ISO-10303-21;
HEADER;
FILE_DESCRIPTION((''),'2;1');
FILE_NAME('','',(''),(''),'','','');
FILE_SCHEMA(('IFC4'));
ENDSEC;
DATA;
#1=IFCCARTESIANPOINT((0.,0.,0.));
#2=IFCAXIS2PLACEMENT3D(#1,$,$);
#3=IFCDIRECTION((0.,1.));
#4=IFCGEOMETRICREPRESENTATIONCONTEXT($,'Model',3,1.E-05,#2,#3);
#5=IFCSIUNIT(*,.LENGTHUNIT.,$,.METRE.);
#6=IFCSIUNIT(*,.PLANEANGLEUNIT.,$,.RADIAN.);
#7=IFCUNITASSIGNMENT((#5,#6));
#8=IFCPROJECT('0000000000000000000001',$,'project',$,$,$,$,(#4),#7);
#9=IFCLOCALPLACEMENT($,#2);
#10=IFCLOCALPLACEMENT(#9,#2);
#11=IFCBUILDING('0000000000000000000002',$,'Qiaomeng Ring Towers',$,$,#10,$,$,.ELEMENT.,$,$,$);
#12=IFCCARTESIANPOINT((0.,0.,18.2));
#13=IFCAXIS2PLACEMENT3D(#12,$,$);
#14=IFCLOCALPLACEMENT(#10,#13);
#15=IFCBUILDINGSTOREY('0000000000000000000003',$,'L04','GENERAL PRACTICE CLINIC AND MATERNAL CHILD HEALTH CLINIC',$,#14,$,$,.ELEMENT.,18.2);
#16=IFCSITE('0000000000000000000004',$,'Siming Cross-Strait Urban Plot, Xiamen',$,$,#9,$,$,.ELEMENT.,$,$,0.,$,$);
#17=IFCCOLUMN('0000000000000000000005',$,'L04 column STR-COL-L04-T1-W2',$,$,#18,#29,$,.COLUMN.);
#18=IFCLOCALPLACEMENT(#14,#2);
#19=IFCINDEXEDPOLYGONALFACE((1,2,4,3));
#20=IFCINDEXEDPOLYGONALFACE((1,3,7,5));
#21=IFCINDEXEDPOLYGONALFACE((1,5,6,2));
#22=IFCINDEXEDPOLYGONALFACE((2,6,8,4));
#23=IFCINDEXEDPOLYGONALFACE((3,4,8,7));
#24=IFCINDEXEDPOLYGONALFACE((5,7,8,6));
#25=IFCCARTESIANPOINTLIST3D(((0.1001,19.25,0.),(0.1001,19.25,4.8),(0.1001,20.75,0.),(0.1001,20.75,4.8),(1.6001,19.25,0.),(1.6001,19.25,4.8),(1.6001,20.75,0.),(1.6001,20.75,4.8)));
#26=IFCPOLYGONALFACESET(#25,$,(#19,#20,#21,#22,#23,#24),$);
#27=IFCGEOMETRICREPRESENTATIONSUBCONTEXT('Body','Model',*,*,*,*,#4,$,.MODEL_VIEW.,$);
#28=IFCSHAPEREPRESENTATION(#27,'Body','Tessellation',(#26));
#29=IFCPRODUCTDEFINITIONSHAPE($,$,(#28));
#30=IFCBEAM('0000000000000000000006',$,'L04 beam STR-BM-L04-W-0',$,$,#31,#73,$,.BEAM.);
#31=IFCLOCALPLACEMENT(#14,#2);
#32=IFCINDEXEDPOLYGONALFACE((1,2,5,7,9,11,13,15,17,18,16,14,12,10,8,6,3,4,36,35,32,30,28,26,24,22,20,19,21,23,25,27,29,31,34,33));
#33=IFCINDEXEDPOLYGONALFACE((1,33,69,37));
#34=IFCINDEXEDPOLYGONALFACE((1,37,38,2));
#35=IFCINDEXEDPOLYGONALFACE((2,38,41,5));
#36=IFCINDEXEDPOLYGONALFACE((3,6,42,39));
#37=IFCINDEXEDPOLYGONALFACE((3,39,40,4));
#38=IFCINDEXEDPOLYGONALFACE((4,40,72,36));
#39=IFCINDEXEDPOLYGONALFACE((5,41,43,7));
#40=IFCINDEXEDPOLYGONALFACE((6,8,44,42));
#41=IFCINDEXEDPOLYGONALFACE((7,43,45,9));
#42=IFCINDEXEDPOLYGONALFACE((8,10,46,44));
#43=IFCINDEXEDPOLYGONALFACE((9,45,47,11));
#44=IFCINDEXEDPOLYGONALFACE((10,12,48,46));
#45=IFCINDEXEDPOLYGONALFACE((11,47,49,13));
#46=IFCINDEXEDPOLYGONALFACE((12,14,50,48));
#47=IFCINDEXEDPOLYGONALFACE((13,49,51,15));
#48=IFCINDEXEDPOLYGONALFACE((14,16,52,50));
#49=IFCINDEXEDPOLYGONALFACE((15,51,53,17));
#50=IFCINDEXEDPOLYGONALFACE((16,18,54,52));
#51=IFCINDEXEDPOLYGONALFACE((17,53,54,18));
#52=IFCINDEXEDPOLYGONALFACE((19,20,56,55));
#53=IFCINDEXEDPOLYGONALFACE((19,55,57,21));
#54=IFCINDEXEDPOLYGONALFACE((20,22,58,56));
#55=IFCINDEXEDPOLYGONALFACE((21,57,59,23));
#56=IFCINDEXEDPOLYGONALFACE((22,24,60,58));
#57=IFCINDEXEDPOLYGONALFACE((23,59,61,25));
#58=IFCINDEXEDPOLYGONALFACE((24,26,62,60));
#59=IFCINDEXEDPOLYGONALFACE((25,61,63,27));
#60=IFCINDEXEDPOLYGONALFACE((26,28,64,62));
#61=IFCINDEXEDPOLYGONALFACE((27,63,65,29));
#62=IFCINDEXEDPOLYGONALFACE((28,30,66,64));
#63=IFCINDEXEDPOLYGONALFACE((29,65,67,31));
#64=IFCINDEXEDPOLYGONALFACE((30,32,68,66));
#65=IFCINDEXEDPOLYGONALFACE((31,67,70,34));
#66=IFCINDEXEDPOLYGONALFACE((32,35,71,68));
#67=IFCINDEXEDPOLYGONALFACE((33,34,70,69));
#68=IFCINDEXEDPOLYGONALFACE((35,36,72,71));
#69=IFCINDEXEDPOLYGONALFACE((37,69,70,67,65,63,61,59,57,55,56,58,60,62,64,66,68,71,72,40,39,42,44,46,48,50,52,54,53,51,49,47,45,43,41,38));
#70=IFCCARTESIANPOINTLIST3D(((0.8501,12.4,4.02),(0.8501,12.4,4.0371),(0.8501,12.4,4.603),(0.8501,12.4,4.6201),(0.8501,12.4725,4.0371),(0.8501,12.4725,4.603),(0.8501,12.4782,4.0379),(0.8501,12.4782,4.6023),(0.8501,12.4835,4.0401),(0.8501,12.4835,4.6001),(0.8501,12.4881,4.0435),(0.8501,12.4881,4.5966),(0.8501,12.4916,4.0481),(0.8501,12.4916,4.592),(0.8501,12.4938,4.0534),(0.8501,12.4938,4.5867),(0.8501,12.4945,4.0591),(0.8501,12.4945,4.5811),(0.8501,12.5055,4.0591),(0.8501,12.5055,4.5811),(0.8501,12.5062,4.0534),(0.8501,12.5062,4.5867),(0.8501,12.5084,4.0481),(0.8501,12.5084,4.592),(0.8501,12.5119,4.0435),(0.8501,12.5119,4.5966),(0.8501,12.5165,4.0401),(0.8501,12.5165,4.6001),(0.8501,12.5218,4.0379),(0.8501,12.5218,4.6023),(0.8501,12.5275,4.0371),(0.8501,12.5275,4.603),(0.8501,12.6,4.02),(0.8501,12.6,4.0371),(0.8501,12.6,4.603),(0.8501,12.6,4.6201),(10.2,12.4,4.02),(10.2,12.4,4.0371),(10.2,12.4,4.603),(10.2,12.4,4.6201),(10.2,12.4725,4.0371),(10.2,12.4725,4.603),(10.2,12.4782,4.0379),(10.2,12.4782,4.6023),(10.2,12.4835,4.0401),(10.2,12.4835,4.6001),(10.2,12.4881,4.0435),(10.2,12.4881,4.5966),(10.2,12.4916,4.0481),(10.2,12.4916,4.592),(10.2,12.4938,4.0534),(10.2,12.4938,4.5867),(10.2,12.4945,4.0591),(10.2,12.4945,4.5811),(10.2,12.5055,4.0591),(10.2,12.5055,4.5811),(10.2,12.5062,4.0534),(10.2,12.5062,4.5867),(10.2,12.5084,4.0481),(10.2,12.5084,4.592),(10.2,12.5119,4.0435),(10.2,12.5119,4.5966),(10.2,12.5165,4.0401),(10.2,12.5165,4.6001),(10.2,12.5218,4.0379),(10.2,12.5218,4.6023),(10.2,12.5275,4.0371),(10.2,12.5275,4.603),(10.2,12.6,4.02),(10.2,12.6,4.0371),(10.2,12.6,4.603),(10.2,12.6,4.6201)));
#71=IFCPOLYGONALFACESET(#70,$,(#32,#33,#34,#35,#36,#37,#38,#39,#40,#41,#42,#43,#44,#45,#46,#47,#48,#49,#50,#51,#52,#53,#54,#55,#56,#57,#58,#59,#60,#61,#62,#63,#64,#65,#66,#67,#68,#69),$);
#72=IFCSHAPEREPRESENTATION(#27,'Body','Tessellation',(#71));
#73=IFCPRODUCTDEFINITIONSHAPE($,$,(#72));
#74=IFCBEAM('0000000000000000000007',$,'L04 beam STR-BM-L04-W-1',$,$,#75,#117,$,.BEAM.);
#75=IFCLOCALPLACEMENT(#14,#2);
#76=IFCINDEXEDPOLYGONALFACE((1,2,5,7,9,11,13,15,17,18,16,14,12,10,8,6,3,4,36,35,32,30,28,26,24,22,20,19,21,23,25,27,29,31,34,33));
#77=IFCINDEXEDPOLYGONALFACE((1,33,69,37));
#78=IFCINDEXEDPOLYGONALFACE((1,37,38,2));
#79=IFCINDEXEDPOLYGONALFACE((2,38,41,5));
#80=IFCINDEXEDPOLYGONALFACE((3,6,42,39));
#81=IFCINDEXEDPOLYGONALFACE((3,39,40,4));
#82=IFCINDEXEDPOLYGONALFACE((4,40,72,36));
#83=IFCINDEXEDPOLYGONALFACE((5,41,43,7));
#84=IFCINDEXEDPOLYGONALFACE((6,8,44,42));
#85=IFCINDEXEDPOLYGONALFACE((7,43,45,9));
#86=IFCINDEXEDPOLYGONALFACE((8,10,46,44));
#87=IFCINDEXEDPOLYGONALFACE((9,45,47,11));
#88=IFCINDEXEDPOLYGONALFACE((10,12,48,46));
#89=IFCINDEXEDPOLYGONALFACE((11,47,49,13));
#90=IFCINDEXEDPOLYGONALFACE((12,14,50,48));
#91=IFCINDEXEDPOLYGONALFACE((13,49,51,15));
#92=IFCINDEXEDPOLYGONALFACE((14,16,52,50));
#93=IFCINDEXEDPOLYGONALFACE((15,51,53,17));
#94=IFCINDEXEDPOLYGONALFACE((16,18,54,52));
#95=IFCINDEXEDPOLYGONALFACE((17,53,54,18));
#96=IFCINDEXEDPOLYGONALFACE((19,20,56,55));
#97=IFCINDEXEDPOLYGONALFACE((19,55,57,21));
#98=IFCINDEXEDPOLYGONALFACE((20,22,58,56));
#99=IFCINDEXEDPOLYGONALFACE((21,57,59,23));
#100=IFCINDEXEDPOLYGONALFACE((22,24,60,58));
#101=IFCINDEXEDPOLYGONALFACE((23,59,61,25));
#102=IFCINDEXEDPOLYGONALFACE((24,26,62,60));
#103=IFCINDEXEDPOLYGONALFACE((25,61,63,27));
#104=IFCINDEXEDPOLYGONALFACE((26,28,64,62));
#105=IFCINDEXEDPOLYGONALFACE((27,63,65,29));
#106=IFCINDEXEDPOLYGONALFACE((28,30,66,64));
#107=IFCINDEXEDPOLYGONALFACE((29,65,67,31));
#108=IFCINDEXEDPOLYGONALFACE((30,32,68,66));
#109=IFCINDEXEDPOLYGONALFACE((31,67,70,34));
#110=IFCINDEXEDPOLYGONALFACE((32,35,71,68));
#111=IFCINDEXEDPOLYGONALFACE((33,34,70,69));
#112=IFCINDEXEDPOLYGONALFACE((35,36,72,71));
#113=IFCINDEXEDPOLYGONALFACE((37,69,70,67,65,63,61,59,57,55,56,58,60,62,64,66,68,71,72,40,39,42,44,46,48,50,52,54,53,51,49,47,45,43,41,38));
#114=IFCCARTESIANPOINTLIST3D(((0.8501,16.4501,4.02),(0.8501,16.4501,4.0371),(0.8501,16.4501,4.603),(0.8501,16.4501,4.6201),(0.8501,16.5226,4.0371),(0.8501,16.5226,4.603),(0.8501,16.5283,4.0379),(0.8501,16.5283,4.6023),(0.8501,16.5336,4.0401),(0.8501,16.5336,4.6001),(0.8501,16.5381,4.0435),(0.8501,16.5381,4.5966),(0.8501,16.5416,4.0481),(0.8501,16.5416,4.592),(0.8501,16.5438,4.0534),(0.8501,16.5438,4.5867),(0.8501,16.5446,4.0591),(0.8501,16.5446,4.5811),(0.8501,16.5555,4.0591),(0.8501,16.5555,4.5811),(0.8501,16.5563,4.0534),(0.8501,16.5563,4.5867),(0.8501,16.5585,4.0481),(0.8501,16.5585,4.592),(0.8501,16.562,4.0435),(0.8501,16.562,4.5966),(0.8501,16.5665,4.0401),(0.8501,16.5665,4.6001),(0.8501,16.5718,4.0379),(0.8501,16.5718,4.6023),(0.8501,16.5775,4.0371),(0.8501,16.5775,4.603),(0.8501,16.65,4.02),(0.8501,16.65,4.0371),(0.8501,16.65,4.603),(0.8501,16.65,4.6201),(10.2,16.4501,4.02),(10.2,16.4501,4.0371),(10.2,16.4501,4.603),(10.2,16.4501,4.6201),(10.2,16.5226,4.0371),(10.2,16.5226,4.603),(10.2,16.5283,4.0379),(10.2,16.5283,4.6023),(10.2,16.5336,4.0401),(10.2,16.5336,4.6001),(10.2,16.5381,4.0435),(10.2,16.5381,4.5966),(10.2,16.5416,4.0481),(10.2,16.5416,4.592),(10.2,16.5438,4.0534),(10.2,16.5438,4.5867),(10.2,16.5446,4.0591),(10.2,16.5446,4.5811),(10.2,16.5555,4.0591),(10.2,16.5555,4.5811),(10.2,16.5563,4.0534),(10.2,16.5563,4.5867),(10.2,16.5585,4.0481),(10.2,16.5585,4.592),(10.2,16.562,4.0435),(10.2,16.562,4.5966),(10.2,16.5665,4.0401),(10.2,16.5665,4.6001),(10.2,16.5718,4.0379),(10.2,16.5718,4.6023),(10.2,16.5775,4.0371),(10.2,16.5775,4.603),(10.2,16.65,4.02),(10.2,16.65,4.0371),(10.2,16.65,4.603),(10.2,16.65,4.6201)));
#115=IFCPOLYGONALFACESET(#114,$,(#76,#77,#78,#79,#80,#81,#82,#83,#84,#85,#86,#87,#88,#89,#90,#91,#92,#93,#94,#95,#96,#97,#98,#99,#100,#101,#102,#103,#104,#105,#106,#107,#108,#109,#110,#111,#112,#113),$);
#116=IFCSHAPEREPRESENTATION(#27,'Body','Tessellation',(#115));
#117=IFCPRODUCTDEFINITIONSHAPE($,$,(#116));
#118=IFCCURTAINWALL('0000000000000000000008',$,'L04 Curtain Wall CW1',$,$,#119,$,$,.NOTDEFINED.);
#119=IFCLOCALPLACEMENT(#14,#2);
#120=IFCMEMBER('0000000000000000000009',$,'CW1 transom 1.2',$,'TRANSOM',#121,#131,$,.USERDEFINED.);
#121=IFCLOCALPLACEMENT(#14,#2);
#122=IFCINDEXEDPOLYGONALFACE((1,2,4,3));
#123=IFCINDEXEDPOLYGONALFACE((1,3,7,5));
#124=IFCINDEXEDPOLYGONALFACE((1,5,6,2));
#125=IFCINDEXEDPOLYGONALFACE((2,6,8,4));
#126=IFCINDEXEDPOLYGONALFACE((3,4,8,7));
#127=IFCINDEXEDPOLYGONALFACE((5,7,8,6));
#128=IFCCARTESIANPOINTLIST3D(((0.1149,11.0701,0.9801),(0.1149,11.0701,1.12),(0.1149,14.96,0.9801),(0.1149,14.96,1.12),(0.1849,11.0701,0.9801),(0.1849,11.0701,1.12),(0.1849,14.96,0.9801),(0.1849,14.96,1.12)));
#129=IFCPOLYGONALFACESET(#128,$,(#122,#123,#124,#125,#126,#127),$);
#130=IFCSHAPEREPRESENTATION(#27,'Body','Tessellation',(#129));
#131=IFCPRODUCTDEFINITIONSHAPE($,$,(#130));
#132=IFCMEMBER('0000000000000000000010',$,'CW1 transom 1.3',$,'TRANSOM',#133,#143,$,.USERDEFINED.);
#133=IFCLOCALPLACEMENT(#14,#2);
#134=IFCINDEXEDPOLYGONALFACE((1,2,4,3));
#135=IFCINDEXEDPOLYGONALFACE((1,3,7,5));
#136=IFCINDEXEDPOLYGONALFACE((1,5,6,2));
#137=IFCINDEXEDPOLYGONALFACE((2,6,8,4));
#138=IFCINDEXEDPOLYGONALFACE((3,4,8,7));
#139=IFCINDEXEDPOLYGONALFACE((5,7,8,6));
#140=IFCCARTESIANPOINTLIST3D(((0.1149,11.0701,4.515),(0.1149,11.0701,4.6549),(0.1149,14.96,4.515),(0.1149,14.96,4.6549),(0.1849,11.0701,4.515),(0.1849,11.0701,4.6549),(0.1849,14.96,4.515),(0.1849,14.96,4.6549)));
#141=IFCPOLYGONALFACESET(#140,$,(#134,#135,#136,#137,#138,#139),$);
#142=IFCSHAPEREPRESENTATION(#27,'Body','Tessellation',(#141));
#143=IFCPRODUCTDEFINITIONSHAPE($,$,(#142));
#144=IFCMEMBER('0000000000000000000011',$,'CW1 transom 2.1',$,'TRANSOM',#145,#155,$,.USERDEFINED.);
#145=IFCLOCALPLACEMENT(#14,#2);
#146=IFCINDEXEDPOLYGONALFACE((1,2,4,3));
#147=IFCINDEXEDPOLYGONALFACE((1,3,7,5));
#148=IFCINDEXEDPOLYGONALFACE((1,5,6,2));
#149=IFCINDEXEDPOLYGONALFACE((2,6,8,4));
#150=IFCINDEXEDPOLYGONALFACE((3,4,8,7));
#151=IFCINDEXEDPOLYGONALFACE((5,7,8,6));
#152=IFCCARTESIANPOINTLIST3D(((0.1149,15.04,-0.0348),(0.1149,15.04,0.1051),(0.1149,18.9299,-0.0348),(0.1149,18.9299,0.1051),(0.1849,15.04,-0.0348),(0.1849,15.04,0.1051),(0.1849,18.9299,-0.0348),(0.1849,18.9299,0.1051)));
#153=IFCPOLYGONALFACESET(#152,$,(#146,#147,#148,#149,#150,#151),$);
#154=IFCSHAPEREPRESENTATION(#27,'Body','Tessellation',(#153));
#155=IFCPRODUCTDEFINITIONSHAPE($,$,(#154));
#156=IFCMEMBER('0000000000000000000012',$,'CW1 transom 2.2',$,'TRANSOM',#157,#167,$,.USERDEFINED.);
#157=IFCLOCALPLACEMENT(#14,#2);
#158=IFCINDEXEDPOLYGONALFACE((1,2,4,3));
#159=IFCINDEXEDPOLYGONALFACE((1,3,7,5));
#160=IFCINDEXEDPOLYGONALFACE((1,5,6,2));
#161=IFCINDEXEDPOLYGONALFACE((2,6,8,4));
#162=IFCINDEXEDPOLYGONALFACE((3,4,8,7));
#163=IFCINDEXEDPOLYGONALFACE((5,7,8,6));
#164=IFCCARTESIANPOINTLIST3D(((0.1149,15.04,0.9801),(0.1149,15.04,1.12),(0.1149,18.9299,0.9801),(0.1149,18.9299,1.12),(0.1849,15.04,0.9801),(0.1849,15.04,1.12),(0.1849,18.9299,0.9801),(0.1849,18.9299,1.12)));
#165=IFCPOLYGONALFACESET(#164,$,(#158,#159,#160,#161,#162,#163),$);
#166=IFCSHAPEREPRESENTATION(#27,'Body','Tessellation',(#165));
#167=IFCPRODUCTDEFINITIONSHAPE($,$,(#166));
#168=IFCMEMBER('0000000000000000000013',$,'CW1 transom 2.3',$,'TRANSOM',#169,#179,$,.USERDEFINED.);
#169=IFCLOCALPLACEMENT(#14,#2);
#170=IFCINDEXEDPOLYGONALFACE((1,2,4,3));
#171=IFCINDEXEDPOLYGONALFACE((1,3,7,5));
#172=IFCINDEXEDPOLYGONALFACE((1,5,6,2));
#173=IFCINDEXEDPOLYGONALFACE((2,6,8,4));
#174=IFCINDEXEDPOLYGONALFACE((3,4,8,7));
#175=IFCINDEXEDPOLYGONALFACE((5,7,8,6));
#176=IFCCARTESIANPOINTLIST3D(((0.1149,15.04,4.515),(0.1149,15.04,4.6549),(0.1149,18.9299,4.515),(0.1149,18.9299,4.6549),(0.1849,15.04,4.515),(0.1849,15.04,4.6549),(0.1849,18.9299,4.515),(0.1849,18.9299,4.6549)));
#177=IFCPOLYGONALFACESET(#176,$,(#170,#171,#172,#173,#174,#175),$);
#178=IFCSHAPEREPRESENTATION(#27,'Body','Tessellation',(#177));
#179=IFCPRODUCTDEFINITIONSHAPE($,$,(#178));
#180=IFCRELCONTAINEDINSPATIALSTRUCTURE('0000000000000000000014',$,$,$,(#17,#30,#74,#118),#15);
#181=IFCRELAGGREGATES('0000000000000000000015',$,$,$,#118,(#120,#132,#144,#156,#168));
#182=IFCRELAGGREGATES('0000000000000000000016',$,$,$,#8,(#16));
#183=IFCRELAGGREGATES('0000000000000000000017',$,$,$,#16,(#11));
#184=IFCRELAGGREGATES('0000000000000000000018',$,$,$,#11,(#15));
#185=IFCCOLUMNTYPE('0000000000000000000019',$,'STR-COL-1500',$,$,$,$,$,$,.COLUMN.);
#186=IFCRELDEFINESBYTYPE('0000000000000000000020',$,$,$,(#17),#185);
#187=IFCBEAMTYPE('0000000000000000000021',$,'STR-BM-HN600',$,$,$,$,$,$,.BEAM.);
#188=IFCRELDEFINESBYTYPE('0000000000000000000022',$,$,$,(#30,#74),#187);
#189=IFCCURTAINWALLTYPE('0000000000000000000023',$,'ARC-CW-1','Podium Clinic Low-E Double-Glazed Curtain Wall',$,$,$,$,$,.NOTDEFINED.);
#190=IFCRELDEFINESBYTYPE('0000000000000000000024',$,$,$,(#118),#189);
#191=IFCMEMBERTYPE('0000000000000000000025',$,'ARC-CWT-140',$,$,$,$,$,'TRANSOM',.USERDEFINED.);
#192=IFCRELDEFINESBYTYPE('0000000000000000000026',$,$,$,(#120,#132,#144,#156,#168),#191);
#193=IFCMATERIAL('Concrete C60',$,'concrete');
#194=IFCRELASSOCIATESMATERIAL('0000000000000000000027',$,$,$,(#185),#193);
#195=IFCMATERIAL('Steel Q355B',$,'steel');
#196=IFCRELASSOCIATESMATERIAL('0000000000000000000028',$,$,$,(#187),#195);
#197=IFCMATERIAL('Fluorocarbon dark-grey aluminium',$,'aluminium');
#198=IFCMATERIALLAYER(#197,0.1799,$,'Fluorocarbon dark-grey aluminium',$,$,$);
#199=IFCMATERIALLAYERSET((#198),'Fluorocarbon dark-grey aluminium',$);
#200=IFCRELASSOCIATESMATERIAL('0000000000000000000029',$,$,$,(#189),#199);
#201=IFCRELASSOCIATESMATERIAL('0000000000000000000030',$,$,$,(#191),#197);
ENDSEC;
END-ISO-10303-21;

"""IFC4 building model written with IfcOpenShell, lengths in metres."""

from ifc_helpers import new_model, si_unit, direction, frame, origin, origin_2d, place, context, subcontext, project, spatial, rectangle, i_section, extrude, source, transform, mapped, material, layer, layer_set, material_profile, profile_set, type_object, element, aggregate, save


model = new_model("IFC4")

# Units and contexts
model_context = context("Model", 3, precision=1e-05, world=origin(), true_north=direction((0.0, 1.0)))
body_context = subcontext(model_context, "Body", "Model", "MODEL_VIEW")
ifc_project = project(units=[si_unit("LENGTHUNIT", "METRE"), si_unit("PLANEANGLEUNIT", "RADIAN")], contexts=[model_context])

# Site, building, storey
site_placement = place(None, origin())
site = spatial("IfcSite", under=ifc_project, at=site_placement, Name="Siming Cross-Strait Urban Plot, Xiamen", CompositionType="ELEMENT", RefElevation=0.0)
building_placement = place(site_placement, origin())
building = spatial("IfcBuilding", under=site, at=building_placement, Name="Qiaomeng Ring Towers", CompositionType="ELEMENT")
storey_placement = place(building_placement, frame((0.0, 0.0, 18.2)))
storey = spatial("IfcBuildingStorey", under=building, at=storey_placement, Name="L04", Description="GENERAL PRACTICE CLINIC AND MATERNAL CHILD HEALTH CLINIC", CompositionType="ELEMENT", Elevation=18.2)

# Column
ifc_material_1 = material(Name="Concrete C60", Category="concrete")
ifc_material_profile_1 = material_profile(ifc_material_1, rectangle(XDim=1.5, YDim=1.5, at=origin_2d()), Name="RC COL 1500x1500")
ifc_profile_set_1 = profile_set([ifc_material_profile_1], Name="Concrete C60")
column_type = type_object("IfcColumnType", Name="STR-COL-1500", PredefinedType="COLUMN", material=ifc_profile_set_1)
shared_shape_1 = source(origin(), body_context, "Body", "SweptSolid", [
    extrude(rectangle(XDim=1.5, YDim=1.5, at=origin_2d()), origin(), (0.0, 0.0, 1.0), 4.8),
])
column_placement = place(storey_placement, frame((0.8501, 20.0, 0.0), z_axis=(0.0, 0.0, 1.0), x_axis=(1.0, 0.0, 0.0)))
element("IfcColumn", 1, at=column_placement, inside=storey, type_object=column_type, Name="L04 column STR-COL-L04-T1-W2", PredefinedType="COLUMN", context=body_context, shape_type="MappedRepresentation", body=[
    mapped(shared_shape_1, transform((0.0, 0.0, 0.0), x_axis=(1.0, 0.0, 0.0), y_axis=(0.0, 1.0, 0.0), z_axis=(0.0, 0.0, 1.0), scale=1.0)),
])

# Beams
ifc_material_2 = material(Name="Steel Q355B", Category="steel")
ifc_material_profile_2 = material_profile(ifc_material_2, i_section(OverallWidth=0.2, OverallDepth=0.6001, WebThickness=0.011, FlangeThickness=0.0171, FilletRadius=0.022, at=origin_2d()), Name="HN 600x200x11x17")
ifc_profile_set_2 = profile_set([ifc_material_profile_2], Name="Steel Q355B")
beam_type = type_object("IfcBeamType", Name="STR-BM-HN600", PredefinedType="BEAM", material=ifc_profile_set_2)
shared_shape_2 = source(origin(), body_context, "Body", "SweptSolid", [
    extrude(i_section(OverallWidth=0.2, OverallDepth=0.6001, WebThickness=0.011, FlangeThickness=0.0171, FilletRadius=0.022, at=origin_2d()), origin(), (0.0, 0.0, 1.0), 9.3499),
])
for number, where, z_axis, x_axis, name in (
    (2, (0.8501, 12.5, 4.3201), (1.0, 0.0, 0.0), (0.0, 1.0, 0.0), "L04 beam STR-BM-L04-W-0"),
    (3, (0.8501, 16.55, 4.3201), (1.0, 0.0, 0.0), (0.0, 1.0, 0.0), "L04 beam STR-BM-L04-W-1"),
):
    element("IfcBeam", number, at=place(storey_placement, frame(where, z_axis=z_axis, x_axis=x_axis)), inside=storey, type_object=beam_type, Name=name, PredefinedType="BEAM", context=body_context, shape_type="MappedRepresentation", body=[
        mapped(shared_shape_2, transform((0.0, 0.0, 0.0), x_axis=(1.0, 0.0, 0.0), y_axis=(0.0, 1.0, 0.0), z_axis=(0.0, 0.0, 1.0), scale=1.0)),
    ])

# Curtain wall, members
ifc_material_3 = material(Name="Fluorocarbon dark-grey aluminium", Category="aluminium")
ifc_layer_1 = layer(ifc_material_3, 0.1799, Name="Fluorocarbon dark-grey aluminium")
ifc_layer_set_1 = layer_set([ifc_layer_1], Name="Fluorocarbon dark-grey aluminium")
curtain_wall_type = type_object("IfcCurtainWallType", Name="ARC-CW-1", Description="Podium Clinic Low-E Double-Glazed Curtain Wall", PredefinedType="NOTDEFINED", material=ifc_layer_set_1)
curtain_wall_1_placement = place(storey_placement, origin())
curtain_wall_1 = element("IfcCurtainWall", 4, at=curtain_wall_1_placement, inside=storey, type_object=curtain_wall_type, Name="L04 Curtain Wall CW1", PredefinedType="NOTDEFINED")
ifc_material_profile_3 = material_profile(ifc_material_3, rectangle(XDim=0.0701, YDim=0.1399, at=origin_2d()), Name="ALU TRAN 70x140")
ifc_profile_set_3 = profile_set([ifc_material_profile_3], Name="Fluorocarbon dark-grey aluminium")
member_type_1 = type_object("IfcMemberType", Name="ARC-CWT-140", ElementType="TRANSOM", PredefinedType="USERDEFINED", material=ifc_profile_set_3)
shared_shape_3 = source(origin(), body_context, "Body", "SweptSolid", [
    extrude(rectangle(XDim=0.0701, YDim=0.1399, at=origin_2d()), origin(), (0.0, 0.0, 1.0), 3.8899),
])
member_1_placement = place(storey_placement, frame((0.1499, 11.0701, 1.05), z_axis=(0.0, 1.0, 0.0), x_axis=(-1.0, 0.0, 0.0)))
member_1 = element("IfcMember", 5, at=member_1_placement, type_object=member_type_1, Name="CW1 transom 1.2", ObjectType="TRANSOM", PredefinedType="USERDEFINED", context=body_context, shape_type="MappedRepresentation", body=[
    mapped(shared_shape_3, transform((0.0, 0.0, 0.0), x_axis=(1.0, 0.0, 0.0), y_axis=(0.0, 1.0, 0.0), z_axis=(0.0, 0.0, 1.0), scale=1.0)),
])
member_2_placement = place(storey_placement, frame((0.1499, 11.0701, 4.585), z_axis=(0.0, 1.0, 0.0), x_axis=(-1.0, 0.0, 0.0)))
member_2 = element("IfcMember", 6, at=member_2_placement, type_object=member_type_1, Name="CW1 transom 1.3", ObjectType="TRANSOM", PredefinedType="USERDEFINED", context=body_context, shape_type="MappedRepresentation", body=[
    mapped(shared_shape_3, transform((0.0, 0.0, 0.0), x_axis=(1.0, 0.0, 0.0), y_axis=(0.0, 1.0, 0.0), z_axis=(0.0, 0.0, 1.0), scale=1.0)),
])
member_3_placement = place(storey_placement, frame((0.1499, 15.04, 0.0352), z_axis=(0.0, 1.0, 0.0), x_axis=(-1.0, 0.0, 0.0)))
member_3 = element("IfcMember", 7, at=member_3_placement, type_object=member_type_1, Name="CW1 transom 2.1", ObjectType="TRANSOM", PredefinedType="USERDEFINED", context=body_context, shape_type="MappedRepresentation", body=[
    mapped(shared_shape_3, transform((0.0, 0.0, 0.0), x_axis=(1.0, 0.0, 0.0), y_axis=(0.0, 1.0, 0.0), z_axis=(0.0, 0.0, 1.0), scale=1.0)),
])
member_4_placement = place(storey_placement, frame((0.1499, 15.04, 1.05), z_axis=(0.0, 1.0, 0.0), x_axis=(-1.0, 0.0, 0.0)))
member_4 = element("IfcMember", 8, at=member_4_placement, type_object=member_type_1, Name="CW1 transom 2.2", ObjectType="TRANSOM", PredefinedType="USERDEFINED", context=body_context, shape_type="MappedRepresentation", body=[
    mapped(shared_shape_3, transform((0.0, 0.0, 0.0), x_axis=(1.0, 0.0, 0.0), y_axis=(0.0, 1.0, 0.0), z_axis=(0.0, 0.0, 1.0), scale=1.0)),
])
member_5_placement = place(storey_placement, frame((0.1499, 15.04, 4.585), z_axis=(0.0, 1.0, 0.0), x_axis=(-1.0, 0.0, 0.0)))
member_5 = element("IfcMember", 9, at=member_5_placement, type_object=member_type_1, Name="CW1 transom 2.3", ObjectType="TRANSOM", PredefinedType="USERDEFINED", context=body_context, shape_type="MappedRepresentation", body=[
    mapped(shared_shape_3, transform((0.0, 0.0, 0.0), x_axis=(1.0, 0.0, 0.0), y_axis=(0.0, 1.0, 0.0), z_axis=(0.0, 0.0, 1.0), scale=1.0)),
])

aggregate(curtain_wall_1, [member_1, member_2, member_3, member_4, member_5])

save(model, "model.ifc")
